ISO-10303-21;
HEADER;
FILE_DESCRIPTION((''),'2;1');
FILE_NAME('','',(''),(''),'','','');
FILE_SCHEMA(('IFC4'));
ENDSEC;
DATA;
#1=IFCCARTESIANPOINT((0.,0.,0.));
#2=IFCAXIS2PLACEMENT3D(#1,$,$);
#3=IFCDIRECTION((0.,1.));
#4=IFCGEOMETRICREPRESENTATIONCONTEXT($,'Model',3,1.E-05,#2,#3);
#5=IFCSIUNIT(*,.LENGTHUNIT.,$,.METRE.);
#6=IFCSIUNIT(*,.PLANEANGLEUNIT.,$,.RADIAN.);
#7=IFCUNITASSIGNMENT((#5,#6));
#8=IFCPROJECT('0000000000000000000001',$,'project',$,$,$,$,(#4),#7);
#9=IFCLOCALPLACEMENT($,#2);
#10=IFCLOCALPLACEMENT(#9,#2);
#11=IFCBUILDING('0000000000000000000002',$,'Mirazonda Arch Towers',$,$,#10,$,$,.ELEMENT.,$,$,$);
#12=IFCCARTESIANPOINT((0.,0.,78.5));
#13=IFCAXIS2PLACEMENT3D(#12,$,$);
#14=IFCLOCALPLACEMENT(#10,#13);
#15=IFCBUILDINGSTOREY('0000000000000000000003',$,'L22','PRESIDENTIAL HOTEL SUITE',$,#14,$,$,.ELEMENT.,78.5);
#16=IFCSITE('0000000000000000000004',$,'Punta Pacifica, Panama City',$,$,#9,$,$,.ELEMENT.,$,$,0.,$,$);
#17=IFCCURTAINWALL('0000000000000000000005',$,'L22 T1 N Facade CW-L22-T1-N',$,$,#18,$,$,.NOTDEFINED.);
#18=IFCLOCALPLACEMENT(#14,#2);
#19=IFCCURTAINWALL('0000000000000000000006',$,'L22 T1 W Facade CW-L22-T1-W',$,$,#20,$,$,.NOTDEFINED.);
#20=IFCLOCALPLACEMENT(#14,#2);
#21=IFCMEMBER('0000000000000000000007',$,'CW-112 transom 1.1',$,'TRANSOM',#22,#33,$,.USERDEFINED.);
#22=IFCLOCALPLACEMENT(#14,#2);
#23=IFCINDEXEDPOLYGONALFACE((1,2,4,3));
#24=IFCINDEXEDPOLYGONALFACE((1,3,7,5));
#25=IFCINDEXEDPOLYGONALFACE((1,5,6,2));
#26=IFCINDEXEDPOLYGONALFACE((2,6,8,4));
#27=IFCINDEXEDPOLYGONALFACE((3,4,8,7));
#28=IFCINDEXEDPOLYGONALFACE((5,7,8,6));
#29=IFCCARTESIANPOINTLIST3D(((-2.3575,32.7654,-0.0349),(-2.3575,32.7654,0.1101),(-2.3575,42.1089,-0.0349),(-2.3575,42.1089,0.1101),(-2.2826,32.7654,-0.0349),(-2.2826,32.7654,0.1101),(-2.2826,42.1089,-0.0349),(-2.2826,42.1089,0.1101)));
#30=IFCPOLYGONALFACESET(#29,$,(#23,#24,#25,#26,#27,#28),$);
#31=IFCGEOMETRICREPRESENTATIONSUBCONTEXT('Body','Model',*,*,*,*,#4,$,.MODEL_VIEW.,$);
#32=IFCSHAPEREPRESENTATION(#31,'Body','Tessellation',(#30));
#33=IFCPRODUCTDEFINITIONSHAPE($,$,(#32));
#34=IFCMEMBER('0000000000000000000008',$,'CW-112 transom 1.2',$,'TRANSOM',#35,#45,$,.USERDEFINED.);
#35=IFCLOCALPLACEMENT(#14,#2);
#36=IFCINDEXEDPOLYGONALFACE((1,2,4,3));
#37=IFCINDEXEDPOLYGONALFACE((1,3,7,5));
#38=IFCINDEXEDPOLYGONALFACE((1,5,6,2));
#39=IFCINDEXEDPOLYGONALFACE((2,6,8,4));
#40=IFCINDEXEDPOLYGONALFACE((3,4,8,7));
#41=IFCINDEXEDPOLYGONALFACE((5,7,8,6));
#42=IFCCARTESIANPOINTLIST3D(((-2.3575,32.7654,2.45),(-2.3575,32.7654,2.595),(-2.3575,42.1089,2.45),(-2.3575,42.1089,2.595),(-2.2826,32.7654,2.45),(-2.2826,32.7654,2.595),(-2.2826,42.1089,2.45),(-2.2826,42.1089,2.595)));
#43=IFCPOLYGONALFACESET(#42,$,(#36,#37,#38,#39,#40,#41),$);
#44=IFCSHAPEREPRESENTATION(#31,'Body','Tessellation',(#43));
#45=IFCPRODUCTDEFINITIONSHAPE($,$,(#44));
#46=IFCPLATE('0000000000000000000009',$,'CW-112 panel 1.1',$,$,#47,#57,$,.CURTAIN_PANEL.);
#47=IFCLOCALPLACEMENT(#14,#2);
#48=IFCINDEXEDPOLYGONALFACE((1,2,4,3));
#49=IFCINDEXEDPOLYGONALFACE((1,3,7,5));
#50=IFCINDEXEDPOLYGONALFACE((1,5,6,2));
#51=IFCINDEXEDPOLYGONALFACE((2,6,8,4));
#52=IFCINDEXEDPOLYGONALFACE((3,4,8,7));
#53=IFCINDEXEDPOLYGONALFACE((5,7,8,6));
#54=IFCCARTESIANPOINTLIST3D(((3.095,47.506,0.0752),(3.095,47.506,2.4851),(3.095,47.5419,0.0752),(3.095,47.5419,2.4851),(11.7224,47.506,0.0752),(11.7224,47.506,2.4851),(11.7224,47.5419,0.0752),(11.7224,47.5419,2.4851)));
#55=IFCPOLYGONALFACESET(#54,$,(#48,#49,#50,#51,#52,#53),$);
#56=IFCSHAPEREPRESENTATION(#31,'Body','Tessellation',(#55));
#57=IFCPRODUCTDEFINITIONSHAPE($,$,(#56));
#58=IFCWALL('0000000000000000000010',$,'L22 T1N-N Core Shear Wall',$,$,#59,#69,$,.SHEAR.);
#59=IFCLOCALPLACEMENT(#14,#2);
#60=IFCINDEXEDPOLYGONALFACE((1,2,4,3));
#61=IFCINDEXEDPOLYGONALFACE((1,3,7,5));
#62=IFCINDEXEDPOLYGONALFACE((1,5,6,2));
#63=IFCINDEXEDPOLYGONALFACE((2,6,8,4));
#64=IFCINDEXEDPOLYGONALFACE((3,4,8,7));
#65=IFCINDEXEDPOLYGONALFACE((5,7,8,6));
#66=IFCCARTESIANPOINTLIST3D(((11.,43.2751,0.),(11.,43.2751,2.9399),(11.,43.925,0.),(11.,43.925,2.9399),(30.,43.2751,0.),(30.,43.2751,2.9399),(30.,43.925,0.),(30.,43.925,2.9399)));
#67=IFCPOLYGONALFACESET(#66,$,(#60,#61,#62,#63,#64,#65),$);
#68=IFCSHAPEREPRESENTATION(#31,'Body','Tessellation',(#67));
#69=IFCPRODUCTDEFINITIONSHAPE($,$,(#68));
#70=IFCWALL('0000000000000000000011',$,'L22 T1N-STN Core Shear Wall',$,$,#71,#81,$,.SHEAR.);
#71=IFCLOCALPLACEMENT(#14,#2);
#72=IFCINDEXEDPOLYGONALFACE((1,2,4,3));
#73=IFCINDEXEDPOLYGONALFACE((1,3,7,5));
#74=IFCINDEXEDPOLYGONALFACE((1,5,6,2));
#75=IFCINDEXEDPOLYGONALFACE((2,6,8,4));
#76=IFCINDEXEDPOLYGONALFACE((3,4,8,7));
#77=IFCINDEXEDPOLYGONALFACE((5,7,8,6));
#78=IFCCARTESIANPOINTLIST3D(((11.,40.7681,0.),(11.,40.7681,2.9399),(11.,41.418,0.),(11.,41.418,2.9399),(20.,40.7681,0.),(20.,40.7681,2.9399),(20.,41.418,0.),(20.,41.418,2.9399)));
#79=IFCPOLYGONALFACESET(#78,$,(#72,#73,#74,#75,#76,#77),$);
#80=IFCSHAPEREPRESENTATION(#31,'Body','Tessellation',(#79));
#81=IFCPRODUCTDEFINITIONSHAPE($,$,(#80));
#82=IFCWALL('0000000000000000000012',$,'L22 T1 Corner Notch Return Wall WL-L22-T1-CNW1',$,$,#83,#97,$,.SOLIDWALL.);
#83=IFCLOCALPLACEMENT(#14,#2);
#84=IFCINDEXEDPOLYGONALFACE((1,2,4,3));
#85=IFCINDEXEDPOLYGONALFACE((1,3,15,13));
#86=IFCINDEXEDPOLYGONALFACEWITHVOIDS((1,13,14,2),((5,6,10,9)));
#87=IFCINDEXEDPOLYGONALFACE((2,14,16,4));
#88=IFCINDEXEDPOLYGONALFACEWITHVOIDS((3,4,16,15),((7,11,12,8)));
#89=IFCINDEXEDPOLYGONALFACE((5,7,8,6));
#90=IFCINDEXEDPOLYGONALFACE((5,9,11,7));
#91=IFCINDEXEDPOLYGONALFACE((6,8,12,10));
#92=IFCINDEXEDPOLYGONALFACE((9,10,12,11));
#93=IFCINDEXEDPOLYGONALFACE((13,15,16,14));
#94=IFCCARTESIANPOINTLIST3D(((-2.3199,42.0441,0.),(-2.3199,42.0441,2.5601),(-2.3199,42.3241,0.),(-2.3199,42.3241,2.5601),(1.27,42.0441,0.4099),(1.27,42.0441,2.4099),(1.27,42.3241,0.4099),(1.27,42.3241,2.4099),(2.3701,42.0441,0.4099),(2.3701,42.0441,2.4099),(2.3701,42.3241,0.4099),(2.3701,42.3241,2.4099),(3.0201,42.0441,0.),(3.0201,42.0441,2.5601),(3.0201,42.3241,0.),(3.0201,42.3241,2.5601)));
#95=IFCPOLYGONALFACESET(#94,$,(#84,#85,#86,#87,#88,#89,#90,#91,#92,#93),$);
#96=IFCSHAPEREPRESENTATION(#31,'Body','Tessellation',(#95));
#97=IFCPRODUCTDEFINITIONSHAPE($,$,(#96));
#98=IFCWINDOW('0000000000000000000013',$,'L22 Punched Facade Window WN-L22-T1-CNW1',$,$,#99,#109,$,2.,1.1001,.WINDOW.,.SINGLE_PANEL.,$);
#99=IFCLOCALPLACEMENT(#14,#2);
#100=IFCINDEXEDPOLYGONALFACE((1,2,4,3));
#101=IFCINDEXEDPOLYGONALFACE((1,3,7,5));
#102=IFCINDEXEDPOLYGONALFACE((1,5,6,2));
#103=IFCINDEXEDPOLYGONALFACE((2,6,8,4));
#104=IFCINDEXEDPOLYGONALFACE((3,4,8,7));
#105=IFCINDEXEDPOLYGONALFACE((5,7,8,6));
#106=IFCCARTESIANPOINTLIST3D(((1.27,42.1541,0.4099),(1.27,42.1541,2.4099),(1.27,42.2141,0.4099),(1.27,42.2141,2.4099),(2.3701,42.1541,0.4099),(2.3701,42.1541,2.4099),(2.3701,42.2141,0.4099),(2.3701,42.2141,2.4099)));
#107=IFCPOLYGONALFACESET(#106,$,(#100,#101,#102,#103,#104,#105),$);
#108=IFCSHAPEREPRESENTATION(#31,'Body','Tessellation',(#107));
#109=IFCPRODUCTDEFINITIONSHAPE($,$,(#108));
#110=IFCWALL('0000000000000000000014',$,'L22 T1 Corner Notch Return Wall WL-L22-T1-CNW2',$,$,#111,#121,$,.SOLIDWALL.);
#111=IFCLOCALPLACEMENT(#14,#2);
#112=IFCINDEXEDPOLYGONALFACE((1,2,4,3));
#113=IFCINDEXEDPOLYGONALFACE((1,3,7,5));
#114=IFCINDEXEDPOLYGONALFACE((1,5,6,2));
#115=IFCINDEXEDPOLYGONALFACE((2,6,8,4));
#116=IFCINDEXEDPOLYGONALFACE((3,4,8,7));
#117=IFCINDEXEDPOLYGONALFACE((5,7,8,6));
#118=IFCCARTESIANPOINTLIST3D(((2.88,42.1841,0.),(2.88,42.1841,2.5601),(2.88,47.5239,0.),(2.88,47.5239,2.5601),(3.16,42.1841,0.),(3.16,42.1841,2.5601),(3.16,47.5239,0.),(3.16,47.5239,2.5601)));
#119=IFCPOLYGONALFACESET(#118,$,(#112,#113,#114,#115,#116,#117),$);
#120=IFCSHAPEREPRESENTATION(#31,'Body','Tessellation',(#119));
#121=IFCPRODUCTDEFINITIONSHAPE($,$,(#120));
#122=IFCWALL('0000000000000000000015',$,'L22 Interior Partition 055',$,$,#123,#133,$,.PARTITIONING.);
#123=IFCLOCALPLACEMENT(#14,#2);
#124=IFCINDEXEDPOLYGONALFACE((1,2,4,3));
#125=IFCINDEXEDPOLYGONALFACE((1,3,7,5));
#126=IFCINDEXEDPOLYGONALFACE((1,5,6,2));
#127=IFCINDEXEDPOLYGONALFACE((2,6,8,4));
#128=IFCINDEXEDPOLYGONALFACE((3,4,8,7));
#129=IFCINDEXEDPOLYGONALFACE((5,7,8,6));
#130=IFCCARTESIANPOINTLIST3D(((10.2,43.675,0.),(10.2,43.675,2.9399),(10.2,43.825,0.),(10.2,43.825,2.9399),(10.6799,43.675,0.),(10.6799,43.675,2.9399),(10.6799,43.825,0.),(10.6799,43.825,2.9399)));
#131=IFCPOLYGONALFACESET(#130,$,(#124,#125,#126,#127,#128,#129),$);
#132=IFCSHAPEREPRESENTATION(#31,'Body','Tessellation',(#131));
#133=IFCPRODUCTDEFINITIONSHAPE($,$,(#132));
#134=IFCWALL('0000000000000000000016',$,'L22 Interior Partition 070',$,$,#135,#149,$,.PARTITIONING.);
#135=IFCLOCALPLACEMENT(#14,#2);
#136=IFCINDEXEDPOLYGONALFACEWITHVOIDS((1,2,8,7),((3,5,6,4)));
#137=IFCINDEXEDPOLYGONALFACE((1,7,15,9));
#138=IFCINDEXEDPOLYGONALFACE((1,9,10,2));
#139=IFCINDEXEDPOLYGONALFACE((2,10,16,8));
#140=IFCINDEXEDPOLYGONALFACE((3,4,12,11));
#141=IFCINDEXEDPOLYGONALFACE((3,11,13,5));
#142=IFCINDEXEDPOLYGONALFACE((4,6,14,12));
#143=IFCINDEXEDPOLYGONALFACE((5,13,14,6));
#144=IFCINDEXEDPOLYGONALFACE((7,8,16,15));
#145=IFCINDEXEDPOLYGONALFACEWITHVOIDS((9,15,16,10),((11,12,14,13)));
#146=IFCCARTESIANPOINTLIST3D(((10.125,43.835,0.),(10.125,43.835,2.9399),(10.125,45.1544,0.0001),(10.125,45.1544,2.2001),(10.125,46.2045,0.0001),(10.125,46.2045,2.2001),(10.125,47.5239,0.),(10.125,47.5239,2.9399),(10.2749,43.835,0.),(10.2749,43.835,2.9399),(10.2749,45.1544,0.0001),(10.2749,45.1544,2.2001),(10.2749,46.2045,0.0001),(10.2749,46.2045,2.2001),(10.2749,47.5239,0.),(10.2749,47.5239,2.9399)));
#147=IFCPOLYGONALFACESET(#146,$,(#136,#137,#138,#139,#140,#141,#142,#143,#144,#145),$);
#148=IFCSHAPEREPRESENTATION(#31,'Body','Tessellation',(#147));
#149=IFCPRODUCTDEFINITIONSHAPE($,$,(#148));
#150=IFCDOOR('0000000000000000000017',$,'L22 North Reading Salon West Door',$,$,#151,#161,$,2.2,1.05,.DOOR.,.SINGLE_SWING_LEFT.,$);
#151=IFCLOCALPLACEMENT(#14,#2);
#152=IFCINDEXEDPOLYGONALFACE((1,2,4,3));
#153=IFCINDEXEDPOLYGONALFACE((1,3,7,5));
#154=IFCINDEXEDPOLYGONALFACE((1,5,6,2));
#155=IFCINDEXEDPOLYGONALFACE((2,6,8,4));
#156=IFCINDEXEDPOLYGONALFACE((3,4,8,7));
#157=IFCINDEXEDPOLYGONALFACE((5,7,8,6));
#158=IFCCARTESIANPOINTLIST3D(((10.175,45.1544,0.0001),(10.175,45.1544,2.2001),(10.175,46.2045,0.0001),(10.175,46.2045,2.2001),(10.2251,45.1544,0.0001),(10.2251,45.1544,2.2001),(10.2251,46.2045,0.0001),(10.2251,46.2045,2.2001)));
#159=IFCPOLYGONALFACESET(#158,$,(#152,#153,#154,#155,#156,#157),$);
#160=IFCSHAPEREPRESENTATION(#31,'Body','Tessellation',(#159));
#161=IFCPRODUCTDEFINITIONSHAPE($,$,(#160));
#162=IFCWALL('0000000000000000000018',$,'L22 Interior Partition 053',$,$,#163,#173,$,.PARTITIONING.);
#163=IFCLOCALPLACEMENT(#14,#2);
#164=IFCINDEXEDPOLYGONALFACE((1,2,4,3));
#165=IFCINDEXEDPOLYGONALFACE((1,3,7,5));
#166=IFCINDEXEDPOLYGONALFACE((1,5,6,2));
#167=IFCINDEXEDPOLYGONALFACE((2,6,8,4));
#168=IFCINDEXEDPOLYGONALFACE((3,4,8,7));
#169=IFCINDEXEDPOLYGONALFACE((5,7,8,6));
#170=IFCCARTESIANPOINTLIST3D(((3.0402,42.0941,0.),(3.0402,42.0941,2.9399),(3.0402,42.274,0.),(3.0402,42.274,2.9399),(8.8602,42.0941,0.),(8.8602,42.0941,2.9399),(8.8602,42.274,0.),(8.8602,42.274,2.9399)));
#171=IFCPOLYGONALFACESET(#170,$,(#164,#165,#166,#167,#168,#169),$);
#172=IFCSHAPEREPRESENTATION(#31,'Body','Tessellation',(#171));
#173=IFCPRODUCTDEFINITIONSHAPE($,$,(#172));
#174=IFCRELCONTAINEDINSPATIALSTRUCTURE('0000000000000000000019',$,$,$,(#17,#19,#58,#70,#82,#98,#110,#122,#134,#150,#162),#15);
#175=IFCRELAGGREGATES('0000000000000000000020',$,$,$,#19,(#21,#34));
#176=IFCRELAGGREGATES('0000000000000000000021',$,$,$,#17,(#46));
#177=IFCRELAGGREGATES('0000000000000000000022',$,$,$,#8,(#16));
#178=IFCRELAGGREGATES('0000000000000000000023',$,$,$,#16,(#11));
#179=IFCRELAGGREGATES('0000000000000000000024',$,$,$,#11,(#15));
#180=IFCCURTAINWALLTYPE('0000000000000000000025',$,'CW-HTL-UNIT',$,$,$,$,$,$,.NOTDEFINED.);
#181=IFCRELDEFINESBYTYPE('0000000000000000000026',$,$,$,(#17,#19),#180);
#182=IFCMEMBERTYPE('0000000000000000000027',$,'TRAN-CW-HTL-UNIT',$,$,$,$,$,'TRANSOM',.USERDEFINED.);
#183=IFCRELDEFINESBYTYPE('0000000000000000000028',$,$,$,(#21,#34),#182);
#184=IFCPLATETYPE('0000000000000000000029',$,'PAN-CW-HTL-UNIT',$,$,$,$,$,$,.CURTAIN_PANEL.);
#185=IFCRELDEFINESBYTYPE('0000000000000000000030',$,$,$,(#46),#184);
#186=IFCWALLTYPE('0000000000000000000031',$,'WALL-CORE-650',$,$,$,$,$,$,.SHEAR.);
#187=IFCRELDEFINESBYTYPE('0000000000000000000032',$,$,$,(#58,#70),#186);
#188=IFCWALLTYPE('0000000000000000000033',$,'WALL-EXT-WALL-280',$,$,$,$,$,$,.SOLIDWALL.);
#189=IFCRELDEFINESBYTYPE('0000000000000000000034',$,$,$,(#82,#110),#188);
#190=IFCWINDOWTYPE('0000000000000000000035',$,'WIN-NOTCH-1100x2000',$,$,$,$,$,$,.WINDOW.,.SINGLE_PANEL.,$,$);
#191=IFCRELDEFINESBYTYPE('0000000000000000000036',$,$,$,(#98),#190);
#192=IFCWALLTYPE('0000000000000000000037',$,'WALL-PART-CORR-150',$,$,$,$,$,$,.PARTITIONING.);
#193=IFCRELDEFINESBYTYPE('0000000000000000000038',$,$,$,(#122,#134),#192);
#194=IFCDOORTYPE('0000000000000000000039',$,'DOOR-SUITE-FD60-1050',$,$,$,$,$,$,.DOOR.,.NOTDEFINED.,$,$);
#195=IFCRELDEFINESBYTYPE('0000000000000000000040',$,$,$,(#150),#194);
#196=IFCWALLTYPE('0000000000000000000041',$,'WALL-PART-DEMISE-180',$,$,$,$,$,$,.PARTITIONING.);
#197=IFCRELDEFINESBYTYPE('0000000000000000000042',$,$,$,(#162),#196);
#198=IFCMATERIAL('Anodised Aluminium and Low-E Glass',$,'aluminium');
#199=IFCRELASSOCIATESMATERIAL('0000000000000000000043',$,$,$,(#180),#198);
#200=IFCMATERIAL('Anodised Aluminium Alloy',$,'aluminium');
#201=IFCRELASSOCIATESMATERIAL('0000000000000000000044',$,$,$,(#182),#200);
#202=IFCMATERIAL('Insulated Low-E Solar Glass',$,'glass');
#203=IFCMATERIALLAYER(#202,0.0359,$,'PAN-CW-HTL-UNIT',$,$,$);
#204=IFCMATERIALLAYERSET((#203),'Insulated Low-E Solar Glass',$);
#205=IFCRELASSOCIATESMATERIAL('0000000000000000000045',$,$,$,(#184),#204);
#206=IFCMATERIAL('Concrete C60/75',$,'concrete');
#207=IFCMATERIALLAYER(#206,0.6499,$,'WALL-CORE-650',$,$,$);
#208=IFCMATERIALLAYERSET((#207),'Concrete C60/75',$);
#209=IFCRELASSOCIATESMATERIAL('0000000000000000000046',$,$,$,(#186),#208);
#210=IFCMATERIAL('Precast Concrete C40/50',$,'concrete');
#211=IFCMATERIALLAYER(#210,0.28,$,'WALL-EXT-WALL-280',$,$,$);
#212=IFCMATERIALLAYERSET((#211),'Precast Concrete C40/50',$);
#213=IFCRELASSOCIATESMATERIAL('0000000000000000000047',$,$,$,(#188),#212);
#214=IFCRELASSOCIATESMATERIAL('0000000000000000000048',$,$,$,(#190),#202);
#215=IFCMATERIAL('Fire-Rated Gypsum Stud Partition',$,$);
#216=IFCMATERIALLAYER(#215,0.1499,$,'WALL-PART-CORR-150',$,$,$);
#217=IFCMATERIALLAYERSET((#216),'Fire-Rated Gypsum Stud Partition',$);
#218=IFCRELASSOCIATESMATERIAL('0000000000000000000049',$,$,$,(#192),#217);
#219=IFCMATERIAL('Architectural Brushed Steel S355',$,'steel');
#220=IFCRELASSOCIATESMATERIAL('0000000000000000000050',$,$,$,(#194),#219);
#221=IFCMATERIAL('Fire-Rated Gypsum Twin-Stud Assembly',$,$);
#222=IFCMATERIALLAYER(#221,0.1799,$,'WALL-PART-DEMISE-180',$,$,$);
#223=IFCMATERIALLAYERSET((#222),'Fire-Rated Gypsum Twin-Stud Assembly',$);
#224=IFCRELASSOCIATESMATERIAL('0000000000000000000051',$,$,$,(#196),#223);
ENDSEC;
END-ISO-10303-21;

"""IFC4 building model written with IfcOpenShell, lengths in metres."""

from ifc_helpers import new_model, si_unit, direction, frame, frame_2d, origin, origin_2d, place, context, subcontext, project, spatial, rectangle, extrude, material, layer, layer_set, material_profile, profile_set, type_object, element, fill, aggregate, save


model = new_model("IFC4")

# Units and contexts
model_context = context("Model", 3, precision=1e-05, world=origin(), true_north=direction((0.0, 1.0)))
body_context = subcontext(model_context, "Body", "Model", "MODEL_VIEW")
ifc_project = project(units=[si_unit("LENGTHUNIT", "METRE"), si_unit("PLANEANGLEUNIT", "RADIAN")], contexts=[model_context])

# Site, building, storey
site_placement = place(None, origin())
site = spatial("IfcSite", under=ifc_project, at=site_placement, Name="Punta Pacifica, Panama City", CompositionType="ELEMENT", RefElevation=0.0)
building_placement = place(site_placement, origin())
building = spatial("IfcBuilding", under=site, at=building_placement, Name="Mirazonda Arch Towers", CompositionType="ELEMENT")
storey_placement = place(building_placement, frame((0.0, 0.0, 78.5)))
storey = spatial("IfcBuildingStorey", under=building, at=storey_placement, Name="L22", Description="PRESIDENTIAL HOTEL SUITE", CompositionType="ELEMENT", Elevation=78.5)

# Shared definitions
ifc_material_1 = material(Name="Concrete C60/75", Category="concrete")

# Curtain wall
ifc_material_2 = material(Name="Anodised Aluminium and Low-E Glass", Category="aluminium")
curtain_wall_type = type_object("IfcCurtainWallType", Name="CW-HTL-UNIT", PredefinedType="NOTDEFINED", material=ifc_material_2)
curtain_wall_1_placement = place(storey_placement, origin())
curtain_wall_1 = element("IfcCurtainWall", 1, at=curtain_wall_1_placement, inside=storey, type_object=curtain_wall_type, Name="L22 T1 N Facade CW-L22-T1-N", PredefinedType="NOTDEFINED")
ifc_material_3 = material(Name="Anodised Aluminium Alloy", Category="aluminium")

# Curtain wall
curtain_wall_2_placement = place(storey_placement, origin())
curtain_wall_2 = element("IfcCurtainWall", 2, at=curtain_wall_2_placement, inside=storey, type_object=curtain_wall_type, Name="L22 T1 W Facade CW-L22-T1-W", PredefinedType="NOTDEFINED")

# Members
ifc_material_profile_1 = material_profile(ifc_material_3, rectangle(XDim=0.075, YDim=0.145, at=origin_2d()), Name="ALU-TRAN-75x145")
ifc_profile_set_1 = profile_set([ifc_material_profile_1], Name="Anodised Aluminium Alloy")
member_type_1 = type_object("IfcMemberType", Name="TRAN-CW-HTL-UNIT", ElementType="TRANSOM", PredefinedType="USERDEFINED", material=ifc_profile_set_1)
member_1_placement = place(storey_placement, frame((-2.3201, 42.1089, 0.0376), z_axis=(0.0, -1.0, 0.0), x_axis=(1.0, 0.0, 0.0)))
member_1 = element("IfcMember", 3, at=member_1_placement, type_object=member_type_1, Name="CW-112 transom 1.1", ObjectType="TRANSOM", PredefinedType="USERDEFINED", context=body_context, shape_type="SweptSolid", body=[
    extrude(rectangle(XDim=0.075, YDim=0.145, at=origin_2d()), origin(), (0.0, 0.0, 1.0), 9.3435),
])
member_2_placement = place(storey_placement, frame((-2.3201, 42.1089, 2.5225), z_axis=(0.0, -1.0, 0.0), x_axis=(1.0, 0.0, 0.0)))
member_2 = element("IfcMember", 4, at=member_2_placement, type_object=member_type_1, Name="CW-112 transom 1.2", ObjectType="TRANSOM", PredefinedType="USERDEFINED", context=body_context, shape_type="SweptSolid", body=[
    extrude(rectangle(XDim=0.075, YDim=0.145, at=origin_2d()), origin(), (0.0, 0.0, 1.0), 9.3435),
])
aggregate(curtain_wall_2, [member_1, member_2])

# Plate
ifc_material_4 = material(Name="Insulated Low-E Solar Glass", Category="glass")
ifc_layer_1 = layer(ifc_material_4, 0.0359, Name="PAN-CW-HTL-UNIT")
ifc_layer_set_1 = layer_set([ifc_layer_1], Name="Insulated Low-E Solar Glass")
plate_type = type_object("IfcPlateType", Name="PAN-CW-HTL-UNIT", PredefinedType="CURTAIN_PANEL", material=ifc_layer_set_1)
plate_placement = place(storey_placement, frame((7.4087, 47.5239, 0.0752), z_axis=(0.0, 0.0, 1.0), x_axis=(1.0, 0.0, 0.0)))
plate = element("IfcPlate", 5, at=plate_placement, type_object=plate_type, Name="CW-112 panel 1.1", PredefinedType="CURTAIN_PANEL", context=body_context, shape_type="SweptSolid", body=[
    extrude(rectangle(XDim=8.6274, YDim=0.0359, at=origin_2d()), origin(), (0.0, 0.0, 1.0), 2.4099),
])
aggregate(curtain_wall_1, [plate])

# Walls
ifc_layer_2 = layer(ifc_material_1, 0.6499, Name="WALL-CORE-650")
ifc_layer_set_2 = layer_set([ifc_layer_2], Name="Concrete C60/75")
wall_type_1 = type_object("IfcWallType", Name="WALL-CORE-650", PredefinedType="SHEAR", material=ifc_layer_set_2)
wall_1_placement = place(storey_placement, frame((11.0, 43.6001, 0.0), z_axis=(0.0, 0.0, 1.0), x_axis=(1.0, 0.0, 0.0)))
element("IfcWall", 6, at=wall_1_placement, inside=storey, type_object=wall_type_1, Name="L22 T1N-N Core Shear Wall", PredefinedType="SHEAR", context=body_context, shape_type="SweptSolid", body=[
    extrude(rectangle(XDim=19.0, YDim=0.6499, at=frame_2d((9.5, 0.0))), origin(), (0.0, 0.0, 1.0), 2.9399),
])
wall_2_placement = place(storey_placement, frame((11.0, 41.093, 0.0), z_axis=(0.0, 0.0, 1.0), x_axis=(1.0, 0.0, 0.0)))
element("IfcWall", 7, at=wall_2_placement, inside=storey, type_object=wall_type_1, Name="L22 T1N-STN Core Shear Wall", PredefinedType="SHEAR", context=body_context, shape_type="SweptSolid", body=[
    extrude(rectangle(XDim=9.0, YDim=0.6499, at=frame_2d((4.5, 0.0))), origin(), (0.0, 0.0, 1.0), 2.9399),
])

# Wall, opening, window
ifc_material_5 = material(Name="Precast Concrete C40/50", Category="concrete")
ifc_layer_3 = layer(ifc_material_5, 0.28, Name="WALL-EXT-WALL-280")
ifc_layer_set_3 = layer_set([ifc_layer_3], Name="Precast Concrete C40/50")
wall_type_2 = type_object("IfcWallType", Name="WALL-EXT-WALL-280", PredefinedType="SOLIDWALL", material=ifc_layer_set_3)
wall_3_placement = place(storey_placement, frame((3.02, 42.1841, 0.0), z_axis=(0.0, 0.0, 1.0), x_axis=(-1.0, 0.0, 0.0)))
wall_3 = element("IfcWall", 8, at=wall_3_placement, inside=storey, type_object=wall_type_2, Name="L22 T1 Corner Notch Return Wall WL-L22-T1-CNW1", PredefinedType="SOLIDWALL", context=body_context, shape_type="SweptSolid", body=[
    extrude(rectangle(XDim=5.3401, YDim=0.28, at=frame_2d((2.6699, 0.0))), origin(), (0.0, 0.0, 1.0), 2.5601),
])
opening_1_placement = place(wall_3_placement, frame((0.6499, 0.0, 0.4099)))
opening_1 = element("IfcOpeningElement", 9, at=opening_1_placement, cuts=wall_3, PredefinedType="OPENING", context=body_context, shape_type="SweptSolid", body=[
    extrude(rectangle(XDim=1.1001, YDim=2.0, at=frame_2d((0.55, 1.0))), frame((0.0, 0.1499, 0.0), z_axis=(0.0, -1.0, 0.0), x_axis=(1.0, 0.0, 0.0)), (0.0, 0.0, 1.0), 0.3),
])
window_type = type_object("IfcWindowType", Name="WIN-NOTCH-1100x2000", PartitioningType="SINGLE_PANEL", PredefinedType="WINDOW", material=ifc_material_4)
window_placement = place(opening_1_placement, origin())
window = element("IfcWindow", 10, at=window_placement, inside=storey, type_object=window_type, Name="L22 Punched Facade Window WN-L22-T1-CNW1", OverallHeight=2.0, OverallWidth=1.1001, PartitioningType="SINGLE_PANEL", PredefinedType="WINDOW", context=body_context, shape_type="SweptSolid", body=[
    extrude(rectangle(XDim=1.1001, YDim=2.0, at=frame_2d((0.55, 1.0))), frame((0.0, 0.03, 0.0), z_axis=(0.0, -1.0, 0.0), x_axis=(1.0, 0.0, 0.0)), (0.0, 0.0, 1.0), 0.0601),
])
fill(opening_1, window)

# Walls
wall_4_placement = place(storey_placement, frame((3.02, 47.5239, 0.0), z_axis=(0.0, 0.0, 1.0), x_axis=(0.0, -1.0, 0.0)))
element("IfcWall", 11, at=wall_4_placement, inside=storey, type_object=wall_type_2, Name="L22 T1 Corner Notch Return Wall WL-L22-T1-CNW2", PredefinedType="SOLIDWALL", context=body_context, shape_type="SweptSolid", body=[
    extrude(rectangle(XDim=5.3398, YDim=0.28, at=frame_2d((2.6699, 0.0))), origin(), (0.0, 0.0, 1.0), 2.5601),
])
ifc_material_6 = material(Name="Fire-Rated Gypsum Stud Partition")
ifc_layer_4 = layer(ifc_material_6, 0.1499, Name="WALL-PART-CORR-150")
ifc_layer_set_4 = layer_set([ifc_layer_4], Name="Fire-Rated Gypsum Stud Partition")
wall_type_3 = type_object("IfcWallType", Name="WALL-PART-CORR-150", PredefinedType="PARTITIONING", material=ifc_layer_set_4)
wall_5_placement = place(storey_placement, frame((10.2, 43.75, 0.0), z_axis=(0.0, 0.0, 1.0), x_axis=(1.0, 0.0, 0.0)))
element("IfcWall", 12, at=wall_5_placement, inside=storey, type_object=wall_type_3, Name="L22 Interior Partition 055", PredefinedType="PARTITIONING", context=body_context, shape_type="SweptSolid", body=[
    extrude(rectangle(XDim=0.48, YDim=0.1499, at=frame_2d((0.24, 0.0))), origin(), (0.0, 0.0, 1.0), 2.9399),
])

# Wall, opening, door
wall_6_placement = place(storey_placement, frame((10.2, 43.835, 0.0), z_axis=(0.0, 0.0, 1.0), x_axis=(0.0, 1.0, 0.0)))
wall_6 = element("IfcWall", 13, at=wall_6_placement, inside=storey, type_object=wall_type_3, Name="L22 Interior Partition 070", PredefinedType="PARTITIONING", context=body_context, shape_type="SweptSolid", body=[
    extrude(rectangle(XDim=3.689, YDim=0.1499, at=frame_2d((1.8445, 0.0))), origin(), (0.0, 0.0, 1.0), 2.9399),
])
opening_2_placement = place(wall_6_placement, frame((1.3196, 0.0, 0.0)))
opening_2 = element("IfcOpeningElement", 14, at=opening_2_placement, cuts=wall_6, PredefinedType="OPENING", context=body_context, shape_type="SweptSolid", body=[
    extrude(rectangle(XDim=1.05, YDim=2.2, at=frame_2d((0.5249, 1.1001))), frame((0.0, 0.085, 0.0), z_axis=(0.0, -1.0, 0.0), x_axis=(1.0, 0.0, 0.0)), (0.0, 0.0, 1.0), 0.1699),
])
ifc_material_7 = material(Name="Architectural Brushed Steel S355", Category="steel")
door_type_1 = type_object("IfcDoorType", Name="DOOR-SUITE-FD60-1050", OperationType="NOTDEFINED", PredefinedType="DOOR", material=ifc_material_7)
door_1_placement = place(opening_2_placement, origin())
door_1 = element("IfcDoor", 15, at=door_1_placement, inside=storey, type_object=door_type_1, Name="L22 North Reading Salon West Door", OperationType="SINGLE_SWING_LEFT", OverallHeight=2.2, OverallWidth=1.05, PredefinedType="DOOR", context=body_context, shape_type="SweptSolid", body=[
    extrude(rectangle(XDim=1.05, YDim=2.2, at=frame_2d((0.5249, 1.1001))), frame((0.0, 0.0249, 0.0), z_axis=(0.0, -1.0, 0.0), x_axis=(1.0, 0.0, 0.0)), (0.0, 0.0, 1.0), 0.05),
])
fill(opening_2, door_1)

# Wall
ifc_material_8 = material(Name="Fire-Rated Gypsum Twin-Stud Assembly")
ifc_layer_5 = layer(ifc_material_8, 0.1799, Name="WALL-PART-DEMISE-180")
ifc_layer_set_5 = layer_set([ifc_layer_5], Name="Fire-Rated Gypsum Twin-Stud Assembly")
wall_type_4 = type_object("IfcWallType", Name="WALL-PART-DEMISE-180", PredefinedType="PARTITIONING", material=ifc_layer_set_5)
wall_7_placement = place(storey_placement, frame((3.04, 42.1841, 0.0), z_axis=(0.0, 0.0, 1.0), x_axis=(1.0, 0.0, 0.0)))
element("IfcWall", 16, at=wall_7_placement, inside=storey, type_object=wall_type_4, Name="L22 Interior Partition 053", PredefinedType="PARTITIONING", context=body_context, shape_type="SweptSolid", body=[
    extrude(rectangle(XDim=5.8201, YDim=0.1799, at=frame_2d((2.9102, 0.0))), origin(), (0.0, 0.0, 1.0), 2.9399),
])

save(model, "model.ifc")
